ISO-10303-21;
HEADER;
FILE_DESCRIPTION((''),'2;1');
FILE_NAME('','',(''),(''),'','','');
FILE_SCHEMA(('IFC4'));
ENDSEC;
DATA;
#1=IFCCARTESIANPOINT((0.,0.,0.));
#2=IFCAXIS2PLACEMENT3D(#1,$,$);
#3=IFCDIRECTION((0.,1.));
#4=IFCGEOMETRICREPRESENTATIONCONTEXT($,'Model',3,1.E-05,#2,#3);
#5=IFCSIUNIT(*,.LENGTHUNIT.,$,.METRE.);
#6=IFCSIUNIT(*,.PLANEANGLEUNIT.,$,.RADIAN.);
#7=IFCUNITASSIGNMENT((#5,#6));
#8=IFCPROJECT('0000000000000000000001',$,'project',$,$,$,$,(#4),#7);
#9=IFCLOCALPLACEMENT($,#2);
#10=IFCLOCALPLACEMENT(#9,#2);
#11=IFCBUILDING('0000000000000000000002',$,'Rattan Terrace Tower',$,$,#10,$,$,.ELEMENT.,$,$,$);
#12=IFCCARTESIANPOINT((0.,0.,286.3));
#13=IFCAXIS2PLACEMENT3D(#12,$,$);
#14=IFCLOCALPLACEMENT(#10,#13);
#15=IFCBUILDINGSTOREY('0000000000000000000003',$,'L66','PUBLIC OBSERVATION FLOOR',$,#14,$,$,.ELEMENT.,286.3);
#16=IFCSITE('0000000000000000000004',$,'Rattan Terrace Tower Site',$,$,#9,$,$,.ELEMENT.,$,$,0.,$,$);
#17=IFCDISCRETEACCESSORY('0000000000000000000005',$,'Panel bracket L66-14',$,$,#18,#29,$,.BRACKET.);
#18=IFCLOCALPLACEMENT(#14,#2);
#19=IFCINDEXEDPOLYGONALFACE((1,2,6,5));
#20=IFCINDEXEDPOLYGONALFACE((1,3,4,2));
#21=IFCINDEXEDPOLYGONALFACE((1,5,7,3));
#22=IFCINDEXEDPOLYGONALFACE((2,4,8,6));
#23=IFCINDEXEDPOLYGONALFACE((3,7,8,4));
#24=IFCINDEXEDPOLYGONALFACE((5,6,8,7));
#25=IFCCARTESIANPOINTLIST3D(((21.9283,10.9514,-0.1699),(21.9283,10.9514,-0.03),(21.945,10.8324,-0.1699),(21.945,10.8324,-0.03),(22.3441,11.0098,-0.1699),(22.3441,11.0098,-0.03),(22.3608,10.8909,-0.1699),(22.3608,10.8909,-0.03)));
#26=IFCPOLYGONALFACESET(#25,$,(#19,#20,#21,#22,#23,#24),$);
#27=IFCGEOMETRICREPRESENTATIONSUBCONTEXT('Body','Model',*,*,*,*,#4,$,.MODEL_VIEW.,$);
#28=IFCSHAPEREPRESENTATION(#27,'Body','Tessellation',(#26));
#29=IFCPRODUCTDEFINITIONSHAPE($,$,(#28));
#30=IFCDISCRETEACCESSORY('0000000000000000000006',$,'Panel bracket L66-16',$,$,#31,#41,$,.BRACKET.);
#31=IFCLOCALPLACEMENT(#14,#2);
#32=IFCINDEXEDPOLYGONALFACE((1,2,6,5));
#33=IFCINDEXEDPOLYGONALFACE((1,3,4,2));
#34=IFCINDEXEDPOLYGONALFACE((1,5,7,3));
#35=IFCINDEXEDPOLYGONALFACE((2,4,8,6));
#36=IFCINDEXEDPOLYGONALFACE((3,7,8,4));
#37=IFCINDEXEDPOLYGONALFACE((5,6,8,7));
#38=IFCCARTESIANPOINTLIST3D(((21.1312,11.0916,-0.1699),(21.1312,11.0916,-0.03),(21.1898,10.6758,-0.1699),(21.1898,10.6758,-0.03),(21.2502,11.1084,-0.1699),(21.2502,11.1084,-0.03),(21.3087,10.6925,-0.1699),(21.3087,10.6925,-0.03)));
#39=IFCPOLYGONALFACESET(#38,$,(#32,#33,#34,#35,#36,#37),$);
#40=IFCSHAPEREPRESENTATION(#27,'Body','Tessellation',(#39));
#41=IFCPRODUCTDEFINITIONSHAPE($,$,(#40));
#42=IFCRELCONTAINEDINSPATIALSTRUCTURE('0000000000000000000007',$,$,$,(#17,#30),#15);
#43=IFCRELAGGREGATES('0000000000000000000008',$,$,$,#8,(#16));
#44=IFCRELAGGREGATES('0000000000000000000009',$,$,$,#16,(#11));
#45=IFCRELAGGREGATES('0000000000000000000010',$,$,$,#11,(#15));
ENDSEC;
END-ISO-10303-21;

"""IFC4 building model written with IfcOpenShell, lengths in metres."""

from ifc_helpers import new_model, si_unit, direction, frame, origin, origin_2d, place, context, subcontext, project, spatial, rectangle, extrude, element, save


model = new_model("IFC4")

# Units and contexts
model_context = context("Model", 3, precision=1e-05, world=origin(), true_north=direction((0.0, 1.0)))
body_context = subcontext(model_context, "Body", "Model", "MODEL_VIEW")
ifc_project = project(units=[si_unit("LENGTHUNIT", "METRE"), si_unit("PLANEANGLEUNIT", "RADIAN")], contexts=[model_context])

# Site, building, storey
site_placement = place(None, origin())
site = spatial("IfcSite", under=ifc_project, at=site_placement, Name="Rattan Terrace Tower Site", CompositionType="ELEMENT", RefElevation=0.0)
building_placement = place(site_placement, origin())
building = spatial("IfcBuilding", under=site, at=building_placement, Name="Rattan Terrace Tower", CompositionType="ELEMENT")
storey_placement = place(building_placement, frame((0.0, 0.0, 286.3)))
storey = spatial("IfcBuildingStorey", under=building, at=storey_placement, Name="L66", Description="PUBLIC OBSERVATION FLOOR", CompositionType="ELEMENT", Elevation=286.3)

# Discrete accessories
for number, where, z_axis, x_axis, name in (
    (1, (22.1445, 10.9211, -0.1699), (0.0, 0.0, 1.0), (-0.139192, 0.990265, 0.0), "Panel bracket L66-14"),
    (2, (21.22, 10.8921, -0.1699), (0.0, 0.0, 1.0), (-0.990241, -0.139367, 0.0), "Panel bracket L66-16"),
):
    element("IfcDiscreteAccessory", number, at=place(storey_placement, frame(where, z_axis=z_axis, x_axis=x_axis)), inside=storey, Name=name, PredefinedType="BRACKET", context=body_context, shape_type="SweptSolid", body=[
        extrude(rectangle(XDim=0.1201, YDim=0.4199, at=origin_2d()), origin(), (0.0, 0.0, 1.0), 0.1399),
    ])

save(model, "model.ifc")
